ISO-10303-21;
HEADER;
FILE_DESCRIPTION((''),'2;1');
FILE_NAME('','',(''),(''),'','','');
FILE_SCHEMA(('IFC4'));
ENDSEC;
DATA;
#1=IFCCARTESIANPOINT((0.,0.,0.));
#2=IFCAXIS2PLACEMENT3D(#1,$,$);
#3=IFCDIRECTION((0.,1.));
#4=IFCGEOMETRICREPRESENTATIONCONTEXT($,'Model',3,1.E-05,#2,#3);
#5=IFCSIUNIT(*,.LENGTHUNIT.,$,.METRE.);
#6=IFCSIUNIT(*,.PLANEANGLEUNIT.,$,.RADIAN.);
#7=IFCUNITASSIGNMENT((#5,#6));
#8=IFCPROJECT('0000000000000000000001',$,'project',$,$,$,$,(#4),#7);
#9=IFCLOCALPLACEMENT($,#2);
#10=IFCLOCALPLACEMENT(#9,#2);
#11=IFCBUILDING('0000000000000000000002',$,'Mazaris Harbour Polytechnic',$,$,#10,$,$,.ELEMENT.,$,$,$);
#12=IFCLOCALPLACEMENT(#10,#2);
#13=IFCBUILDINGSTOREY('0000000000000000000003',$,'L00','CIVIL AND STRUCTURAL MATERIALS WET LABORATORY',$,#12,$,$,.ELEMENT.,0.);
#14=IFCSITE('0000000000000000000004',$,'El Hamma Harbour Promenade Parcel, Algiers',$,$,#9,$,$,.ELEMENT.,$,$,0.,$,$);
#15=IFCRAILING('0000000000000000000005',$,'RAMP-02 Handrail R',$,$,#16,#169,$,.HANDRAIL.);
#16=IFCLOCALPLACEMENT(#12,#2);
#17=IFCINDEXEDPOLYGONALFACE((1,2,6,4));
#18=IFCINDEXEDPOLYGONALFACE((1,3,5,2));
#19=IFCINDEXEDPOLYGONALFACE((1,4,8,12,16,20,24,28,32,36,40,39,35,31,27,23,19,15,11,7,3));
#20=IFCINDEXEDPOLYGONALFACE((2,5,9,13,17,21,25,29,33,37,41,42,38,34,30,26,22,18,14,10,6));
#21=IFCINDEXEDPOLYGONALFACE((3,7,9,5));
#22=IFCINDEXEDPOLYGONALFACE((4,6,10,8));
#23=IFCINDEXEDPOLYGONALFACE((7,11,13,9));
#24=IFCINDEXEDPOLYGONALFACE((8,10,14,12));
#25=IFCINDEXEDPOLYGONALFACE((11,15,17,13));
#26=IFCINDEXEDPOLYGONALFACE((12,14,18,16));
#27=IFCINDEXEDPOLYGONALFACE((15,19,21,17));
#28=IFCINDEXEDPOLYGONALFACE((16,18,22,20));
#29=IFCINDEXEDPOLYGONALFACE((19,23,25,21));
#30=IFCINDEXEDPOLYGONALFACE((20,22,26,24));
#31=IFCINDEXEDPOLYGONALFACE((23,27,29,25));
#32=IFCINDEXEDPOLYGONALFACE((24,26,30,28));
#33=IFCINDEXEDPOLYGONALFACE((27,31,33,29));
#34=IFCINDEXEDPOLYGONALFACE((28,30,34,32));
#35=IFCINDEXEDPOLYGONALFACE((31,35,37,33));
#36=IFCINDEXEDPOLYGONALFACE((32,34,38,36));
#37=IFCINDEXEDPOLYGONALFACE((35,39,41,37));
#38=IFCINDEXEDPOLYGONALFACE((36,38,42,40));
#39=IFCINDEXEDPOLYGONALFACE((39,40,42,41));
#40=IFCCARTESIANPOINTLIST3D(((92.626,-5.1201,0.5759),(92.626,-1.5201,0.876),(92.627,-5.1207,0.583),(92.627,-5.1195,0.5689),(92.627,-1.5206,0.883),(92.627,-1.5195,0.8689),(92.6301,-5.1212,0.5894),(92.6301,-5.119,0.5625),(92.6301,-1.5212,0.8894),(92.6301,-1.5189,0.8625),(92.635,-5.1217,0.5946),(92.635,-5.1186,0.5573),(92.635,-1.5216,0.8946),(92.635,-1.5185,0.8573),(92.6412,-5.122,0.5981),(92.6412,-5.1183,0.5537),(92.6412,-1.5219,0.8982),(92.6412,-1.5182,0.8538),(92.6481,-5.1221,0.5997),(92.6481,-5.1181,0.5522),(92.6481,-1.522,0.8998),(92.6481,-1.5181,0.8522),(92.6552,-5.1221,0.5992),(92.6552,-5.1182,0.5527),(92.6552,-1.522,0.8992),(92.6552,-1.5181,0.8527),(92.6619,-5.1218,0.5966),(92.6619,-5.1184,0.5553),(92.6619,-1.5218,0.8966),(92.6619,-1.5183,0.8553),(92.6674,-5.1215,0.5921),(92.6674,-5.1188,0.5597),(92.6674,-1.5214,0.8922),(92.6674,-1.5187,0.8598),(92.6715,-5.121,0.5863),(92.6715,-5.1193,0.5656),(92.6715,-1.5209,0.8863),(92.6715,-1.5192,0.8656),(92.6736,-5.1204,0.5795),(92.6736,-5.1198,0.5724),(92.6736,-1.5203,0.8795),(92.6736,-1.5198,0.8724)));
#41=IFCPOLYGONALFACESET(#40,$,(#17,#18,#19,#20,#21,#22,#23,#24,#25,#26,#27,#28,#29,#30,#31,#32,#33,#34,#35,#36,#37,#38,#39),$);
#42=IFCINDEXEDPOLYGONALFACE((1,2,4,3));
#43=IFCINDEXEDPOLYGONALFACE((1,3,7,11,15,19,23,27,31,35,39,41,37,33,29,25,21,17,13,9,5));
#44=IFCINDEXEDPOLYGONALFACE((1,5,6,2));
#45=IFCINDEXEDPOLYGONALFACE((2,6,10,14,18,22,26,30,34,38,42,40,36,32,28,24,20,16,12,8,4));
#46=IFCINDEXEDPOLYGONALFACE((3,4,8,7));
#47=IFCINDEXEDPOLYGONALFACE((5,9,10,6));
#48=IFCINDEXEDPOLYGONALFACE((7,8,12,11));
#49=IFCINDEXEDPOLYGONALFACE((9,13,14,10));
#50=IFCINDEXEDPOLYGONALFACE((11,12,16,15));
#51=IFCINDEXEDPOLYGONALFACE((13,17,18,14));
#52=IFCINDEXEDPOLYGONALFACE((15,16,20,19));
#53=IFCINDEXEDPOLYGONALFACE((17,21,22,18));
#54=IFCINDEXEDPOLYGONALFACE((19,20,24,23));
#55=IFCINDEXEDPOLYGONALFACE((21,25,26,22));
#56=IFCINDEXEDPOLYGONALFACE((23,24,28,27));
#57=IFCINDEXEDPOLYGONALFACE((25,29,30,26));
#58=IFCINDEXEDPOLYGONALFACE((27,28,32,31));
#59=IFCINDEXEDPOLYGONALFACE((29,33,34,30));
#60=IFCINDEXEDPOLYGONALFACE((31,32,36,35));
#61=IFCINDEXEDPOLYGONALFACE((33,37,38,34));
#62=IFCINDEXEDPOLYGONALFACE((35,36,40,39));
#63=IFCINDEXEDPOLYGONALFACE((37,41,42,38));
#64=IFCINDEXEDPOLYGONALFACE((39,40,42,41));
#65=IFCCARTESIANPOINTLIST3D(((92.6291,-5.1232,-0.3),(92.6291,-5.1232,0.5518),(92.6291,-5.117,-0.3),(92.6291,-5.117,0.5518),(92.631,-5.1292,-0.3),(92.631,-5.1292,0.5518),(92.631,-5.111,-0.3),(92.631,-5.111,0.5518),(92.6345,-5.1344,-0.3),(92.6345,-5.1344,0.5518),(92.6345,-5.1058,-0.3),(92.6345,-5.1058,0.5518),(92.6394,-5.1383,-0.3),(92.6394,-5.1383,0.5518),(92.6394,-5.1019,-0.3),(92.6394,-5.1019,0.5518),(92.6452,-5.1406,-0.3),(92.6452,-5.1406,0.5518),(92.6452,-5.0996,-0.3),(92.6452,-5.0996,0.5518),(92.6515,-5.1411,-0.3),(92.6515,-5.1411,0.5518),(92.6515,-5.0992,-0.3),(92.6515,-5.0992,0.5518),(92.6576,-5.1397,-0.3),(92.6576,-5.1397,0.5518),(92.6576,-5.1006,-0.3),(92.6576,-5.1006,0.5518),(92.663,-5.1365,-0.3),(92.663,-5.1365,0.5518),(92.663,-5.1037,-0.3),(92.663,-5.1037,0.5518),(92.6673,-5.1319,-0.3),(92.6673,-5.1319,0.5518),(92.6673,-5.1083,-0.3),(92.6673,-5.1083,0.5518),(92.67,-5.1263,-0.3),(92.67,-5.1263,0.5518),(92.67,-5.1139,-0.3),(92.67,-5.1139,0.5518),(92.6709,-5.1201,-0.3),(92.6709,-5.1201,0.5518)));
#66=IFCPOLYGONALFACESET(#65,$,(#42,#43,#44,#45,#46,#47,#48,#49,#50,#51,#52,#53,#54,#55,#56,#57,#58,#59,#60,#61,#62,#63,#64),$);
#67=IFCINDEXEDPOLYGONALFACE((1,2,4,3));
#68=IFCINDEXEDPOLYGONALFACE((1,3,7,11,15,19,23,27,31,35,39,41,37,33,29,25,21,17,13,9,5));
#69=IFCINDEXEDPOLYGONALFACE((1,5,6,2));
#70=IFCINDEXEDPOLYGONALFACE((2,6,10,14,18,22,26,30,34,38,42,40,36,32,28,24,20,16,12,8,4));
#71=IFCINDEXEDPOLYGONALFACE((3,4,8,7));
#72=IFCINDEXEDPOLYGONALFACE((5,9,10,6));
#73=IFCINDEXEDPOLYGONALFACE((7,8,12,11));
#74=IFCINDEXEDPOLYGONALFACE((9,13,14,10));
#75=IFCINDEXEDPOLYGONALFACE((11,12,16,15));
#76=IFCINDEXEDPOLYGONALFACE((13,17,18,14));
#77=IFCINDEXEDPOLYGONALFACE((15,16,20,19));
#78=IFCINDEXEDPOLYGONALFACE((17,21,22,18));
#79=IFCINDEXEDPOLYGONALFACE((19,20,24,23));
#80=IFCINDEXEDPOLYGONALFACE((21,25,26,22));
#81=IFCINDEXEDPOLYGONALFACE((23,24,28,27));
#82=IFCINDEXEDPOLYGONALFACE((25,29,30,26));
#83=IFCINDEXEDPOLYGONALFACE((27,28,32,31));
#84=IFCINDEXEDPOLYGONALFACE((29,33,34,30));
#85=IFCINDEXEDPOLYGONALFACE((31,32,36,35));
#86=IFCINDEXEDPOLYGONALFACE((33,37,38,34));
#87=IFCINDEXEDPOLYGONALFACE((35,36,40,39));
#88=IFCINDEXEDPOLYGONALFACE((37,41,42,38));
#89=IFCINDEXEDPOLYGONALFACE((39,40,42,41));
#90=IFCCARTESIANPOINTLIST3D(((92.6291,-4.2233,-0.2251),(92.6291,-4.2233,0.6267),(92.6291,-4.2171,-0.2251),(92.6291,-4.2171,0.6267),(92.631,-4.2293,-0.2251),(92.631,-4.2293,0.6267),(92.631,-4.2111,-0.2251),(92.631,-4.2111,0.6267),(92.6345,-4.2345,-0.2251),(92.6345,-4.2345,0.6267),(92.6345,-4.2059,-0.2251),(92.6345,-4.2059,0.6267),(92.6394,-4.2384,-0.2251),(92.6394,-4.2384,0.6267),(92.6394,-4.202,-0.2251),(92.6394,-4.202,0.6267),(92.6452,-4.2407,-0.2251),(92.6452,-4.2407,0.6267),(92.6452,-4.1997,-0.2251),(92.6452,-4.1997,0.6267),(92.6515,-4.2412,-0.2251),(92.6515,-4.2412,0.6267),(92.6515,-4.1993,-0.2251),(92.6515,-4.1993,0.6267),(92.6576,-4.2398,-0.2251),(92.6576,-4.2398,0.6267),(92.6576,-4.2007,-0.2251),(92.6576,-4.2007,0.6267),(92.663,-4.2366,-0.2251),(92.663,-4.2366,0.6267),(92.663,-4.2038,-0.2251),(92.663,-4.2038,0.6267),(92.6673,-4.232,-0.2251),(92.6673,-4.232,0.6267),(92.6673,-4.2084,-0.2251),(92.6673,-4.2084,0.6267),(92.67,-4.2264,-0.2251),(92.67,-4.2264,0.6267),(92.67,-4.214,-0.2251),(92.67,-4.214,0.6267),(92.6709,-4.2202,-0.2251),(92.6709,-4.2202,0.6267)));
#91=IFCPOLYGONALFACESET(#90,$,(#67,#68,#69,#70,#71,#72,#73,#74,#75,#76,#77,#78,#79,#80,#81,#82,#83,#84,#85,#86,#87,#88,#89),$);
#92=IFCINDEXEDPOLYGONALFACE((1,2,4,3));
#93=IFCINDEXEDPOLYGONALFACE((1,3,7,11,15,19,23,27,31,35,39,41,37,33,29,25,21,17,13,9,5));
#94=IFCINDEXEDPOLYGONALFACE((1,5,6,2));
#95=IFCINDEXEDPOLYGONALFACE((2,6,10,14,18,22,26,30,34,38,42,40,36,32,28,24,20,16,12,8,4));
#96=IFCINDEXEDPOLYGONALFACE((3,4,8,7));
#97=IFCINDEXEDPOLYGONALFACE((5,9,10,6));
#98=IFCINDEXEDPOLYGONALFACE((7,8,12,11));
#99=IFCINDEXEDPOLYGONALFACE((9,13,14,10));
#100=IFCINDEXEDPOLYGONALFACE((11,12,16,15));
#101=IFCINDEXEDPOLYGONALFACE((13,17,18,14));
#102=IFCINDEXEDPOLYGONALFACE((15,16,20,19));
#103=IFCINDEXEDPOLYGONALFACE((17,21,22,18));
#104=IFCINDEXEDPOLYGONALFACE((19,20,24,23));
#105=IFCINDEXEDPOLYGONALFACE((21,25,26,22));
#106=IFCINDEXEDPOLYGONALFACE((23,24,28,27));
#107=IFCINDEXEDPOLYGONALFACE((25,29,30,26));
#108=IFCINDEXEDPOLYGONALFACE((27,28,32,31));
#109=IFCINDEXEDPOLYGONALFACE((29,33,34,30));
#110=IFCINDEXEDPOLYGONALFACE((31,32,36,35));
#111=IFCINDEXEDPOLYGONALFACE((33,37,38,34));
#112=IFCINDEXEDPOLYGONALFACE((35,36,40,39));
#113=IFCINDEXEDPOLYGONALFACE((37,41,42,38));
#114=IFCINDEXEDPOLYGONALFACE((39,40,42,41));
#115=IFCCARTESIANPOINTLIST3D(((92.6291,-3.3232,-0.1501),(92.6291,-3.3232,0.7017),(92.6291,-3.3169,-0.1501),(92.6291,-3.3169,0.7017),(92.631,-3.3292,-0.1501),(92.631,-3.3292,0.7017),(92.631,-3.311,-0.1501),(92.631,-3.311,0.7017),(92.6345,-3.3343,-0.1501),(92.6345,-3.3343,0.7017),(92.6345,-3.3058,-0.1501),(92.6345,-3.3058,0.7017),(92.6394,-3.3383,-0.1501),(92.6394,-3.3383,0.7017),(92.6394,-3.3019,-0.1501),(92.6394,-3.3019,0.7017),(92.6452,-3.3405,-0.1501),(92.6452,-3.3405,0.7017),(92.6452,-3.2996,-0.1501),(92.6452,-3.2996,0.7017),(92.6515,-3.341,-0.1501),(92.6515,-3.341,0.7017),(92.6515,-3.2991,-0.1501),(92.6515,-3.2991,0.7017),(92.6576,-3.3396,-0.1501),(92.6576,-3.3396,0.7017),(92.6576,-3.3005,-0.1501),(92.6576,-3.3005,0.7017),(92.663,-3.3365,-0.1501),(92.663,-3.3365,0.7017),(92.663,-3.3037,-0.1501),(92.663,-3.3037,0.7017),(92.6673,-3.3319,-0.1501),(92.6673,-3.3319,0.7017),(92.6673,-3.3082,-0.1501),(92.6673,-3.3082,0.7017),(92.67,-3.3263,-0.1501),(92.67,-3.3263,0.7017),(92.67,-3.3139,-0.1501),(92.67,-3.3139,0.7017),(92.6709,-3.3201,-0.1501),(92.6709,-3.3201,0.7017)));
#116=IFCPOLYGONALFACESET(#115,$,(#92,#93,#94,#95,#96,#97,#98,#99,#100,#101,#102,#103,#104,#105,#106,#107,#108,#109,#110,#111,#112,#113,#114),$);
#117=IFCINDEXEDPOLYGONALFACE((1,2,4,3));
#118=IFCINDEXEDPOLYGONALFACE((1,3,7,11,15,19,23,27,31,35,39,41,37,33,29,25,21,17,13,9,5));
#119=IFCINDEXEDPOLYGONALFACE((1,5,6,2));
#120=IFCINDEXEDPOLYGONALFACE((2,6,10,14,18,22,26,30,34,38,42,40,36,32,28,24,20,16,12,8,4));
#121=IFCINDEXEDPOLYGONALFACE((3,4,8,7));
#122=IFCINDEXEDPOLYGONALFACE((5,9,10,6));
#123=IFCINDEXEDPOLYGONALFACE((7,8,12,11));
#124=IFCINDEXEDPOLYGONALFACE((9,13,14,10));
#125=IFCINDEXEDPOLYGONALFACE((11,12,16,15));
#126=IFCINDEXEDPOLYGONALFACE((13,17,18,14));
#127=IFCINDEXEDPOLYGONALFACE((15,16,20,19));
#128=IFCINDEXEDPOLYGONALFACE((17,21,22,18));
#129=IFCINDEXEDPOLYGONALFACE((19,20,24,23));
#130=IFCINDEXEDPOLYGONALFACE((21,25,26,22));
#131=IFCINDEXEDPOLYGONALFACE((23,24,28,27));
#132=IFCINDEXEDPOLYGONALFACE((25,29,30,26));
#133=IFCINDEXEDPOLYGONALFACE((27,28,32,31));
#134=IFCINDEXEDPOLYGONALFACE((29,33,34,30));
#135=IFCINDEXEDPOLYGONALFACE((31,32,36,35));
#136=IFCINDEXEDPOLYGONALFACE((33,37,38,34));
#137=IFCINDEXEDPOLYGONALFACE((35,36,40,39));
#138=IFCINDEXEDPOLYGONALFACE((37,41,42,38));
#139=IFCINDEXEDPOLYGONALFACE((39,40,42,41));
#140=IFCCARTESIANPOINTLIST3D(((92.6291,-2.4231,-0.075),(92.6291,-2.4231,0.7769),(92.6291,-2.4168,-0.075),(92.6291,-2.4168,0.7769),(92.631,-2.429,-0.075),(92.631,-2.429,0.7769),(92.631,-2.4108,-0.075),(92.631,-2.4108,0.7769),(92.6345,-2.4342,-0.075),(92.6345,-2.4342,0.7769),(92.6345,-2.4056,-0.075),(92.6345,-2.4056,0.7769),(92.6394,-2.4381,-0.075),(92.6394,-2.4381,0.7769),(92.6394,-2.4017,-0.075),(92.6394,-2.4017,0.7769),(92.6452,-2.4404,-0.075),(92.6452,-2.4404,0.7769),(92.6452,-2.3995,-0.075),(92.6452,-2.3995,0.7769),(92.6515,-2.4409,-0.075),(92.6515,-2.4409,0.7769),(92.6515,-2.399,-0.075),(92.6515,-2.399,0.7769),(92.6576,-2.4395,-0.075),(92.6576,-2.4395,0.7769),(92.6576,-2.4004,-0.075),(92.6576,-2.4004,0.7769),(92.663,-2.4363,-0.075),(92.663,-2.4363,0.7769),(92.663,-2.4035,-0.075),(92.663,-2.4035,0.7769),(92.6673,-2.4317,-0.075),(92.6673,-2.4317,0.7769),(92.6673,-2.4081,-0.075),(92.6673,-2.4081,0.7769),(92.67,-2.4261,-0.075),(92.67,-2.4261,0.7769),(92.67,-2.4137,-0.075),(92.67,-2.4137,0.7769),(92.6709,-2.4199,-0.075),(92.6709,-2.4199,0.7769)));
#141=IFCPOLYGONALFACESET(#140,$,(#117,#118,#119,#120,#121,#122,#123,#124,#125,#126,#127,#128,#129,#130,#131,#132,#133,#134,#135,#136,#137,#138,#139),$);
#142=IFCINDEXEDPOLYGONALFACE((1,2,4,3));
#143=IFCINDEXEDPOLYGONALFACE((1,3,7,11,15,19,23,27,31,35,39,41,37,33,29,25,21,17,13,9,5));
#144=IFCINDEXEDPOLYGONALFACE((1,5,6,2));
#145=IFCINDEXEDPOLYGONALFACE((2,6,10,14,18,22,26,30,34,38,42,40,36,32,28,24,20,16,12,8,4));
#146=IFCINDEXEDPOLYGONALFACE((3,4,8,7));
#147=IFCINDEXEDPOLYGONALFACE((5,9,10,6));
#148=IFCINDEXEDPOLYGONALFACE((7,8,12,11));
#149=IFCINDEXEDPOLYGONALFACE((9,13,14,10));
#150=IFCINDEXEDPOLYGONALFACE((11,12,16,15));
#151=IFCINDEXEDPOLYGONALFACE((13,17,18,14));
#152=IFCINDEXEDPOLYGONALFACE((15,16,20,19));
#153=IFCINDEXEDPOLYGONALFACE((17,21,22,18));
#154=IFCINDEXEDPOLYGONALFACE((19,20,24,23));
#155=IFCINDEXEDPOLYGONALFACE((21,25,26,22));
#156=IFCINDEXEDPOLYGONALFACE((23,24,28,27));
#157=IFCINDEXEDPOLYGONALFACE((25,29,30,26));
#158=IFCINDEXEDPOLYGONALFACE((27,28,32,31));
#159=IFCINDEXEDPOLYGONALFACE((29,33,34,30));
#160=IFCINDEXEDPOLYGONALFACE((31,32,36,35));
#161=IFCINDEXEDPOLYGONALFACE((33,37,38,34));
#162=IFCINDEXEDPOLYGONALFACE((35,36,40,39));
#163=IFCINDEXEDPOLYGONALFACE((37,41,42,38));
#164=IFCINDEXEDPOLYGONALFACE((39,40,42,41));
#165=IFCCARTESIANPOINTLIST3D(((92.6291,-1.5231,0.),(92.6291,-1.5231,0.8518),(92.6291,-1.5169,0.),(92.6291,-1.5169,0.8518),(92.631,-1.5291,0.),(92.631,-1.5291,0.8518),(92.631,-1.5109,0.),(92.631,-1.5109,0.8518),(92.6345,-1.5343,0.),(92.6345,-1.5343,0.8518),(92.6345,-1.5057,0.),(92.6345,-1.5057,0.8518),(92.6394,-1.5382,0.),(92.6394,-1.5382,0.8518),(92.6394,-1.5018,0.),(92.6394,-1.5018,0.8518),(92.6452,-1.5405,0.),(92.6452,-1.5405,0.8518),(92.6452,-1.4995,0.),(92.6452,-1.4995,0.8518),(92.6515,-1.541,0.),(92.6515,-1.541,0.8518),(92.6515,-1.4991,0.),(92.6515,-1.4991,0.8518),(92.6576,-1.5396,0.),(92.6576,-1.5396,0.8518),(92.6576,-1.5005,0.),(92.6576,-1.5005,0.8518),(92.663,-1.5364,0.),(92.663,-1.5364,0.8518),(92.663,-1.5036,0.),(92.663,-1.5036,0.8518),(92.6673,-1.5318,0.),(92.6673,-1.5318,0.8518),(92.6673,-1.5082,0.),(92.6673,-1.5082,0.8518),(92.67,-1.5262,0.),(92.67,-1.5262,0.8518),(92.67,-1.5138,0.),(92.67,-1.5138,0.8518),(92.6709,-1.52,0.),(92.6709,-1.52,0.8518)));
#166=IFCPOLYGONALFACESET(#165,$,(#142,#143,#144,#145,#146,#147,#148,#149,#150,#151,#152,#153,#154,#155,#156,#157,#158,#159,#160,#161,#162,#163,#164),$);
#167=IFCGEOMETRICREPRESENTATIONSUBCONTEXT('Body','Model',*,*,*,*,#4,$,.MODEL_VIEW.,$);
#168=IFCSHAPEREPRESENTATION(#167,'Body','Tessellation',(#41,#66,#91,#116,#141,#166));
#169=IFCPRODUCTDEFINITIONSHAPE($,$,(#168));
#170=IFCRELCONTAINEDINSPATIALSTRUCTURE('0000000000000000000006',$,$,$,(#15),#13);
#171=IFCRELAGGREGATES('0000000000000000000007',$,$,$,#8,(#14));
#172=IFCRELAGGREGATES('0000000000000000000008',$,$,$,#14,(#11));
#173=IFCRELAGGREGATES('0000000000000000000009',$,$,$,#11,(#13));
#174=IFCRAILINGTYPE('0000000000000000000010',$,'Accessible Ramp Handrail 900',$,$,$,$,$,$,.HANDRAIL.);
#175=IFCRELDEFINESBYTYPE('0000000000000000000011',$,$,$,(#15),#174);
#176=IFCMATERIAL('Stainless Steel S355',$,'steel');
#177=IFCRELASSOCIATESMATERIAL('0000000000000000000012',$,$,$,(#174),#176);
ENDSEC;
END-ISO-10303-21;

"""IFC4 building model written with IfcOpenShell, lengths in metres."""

from ifc_helpers import new_model, si_unit, direction, frame, origin, origin_2d, place, context, subcontext, project, spatial, circle, extrude, material, type_object, element, save


model = new_model("IFC4")

# Units and contexts
model_context = context("Model", 3, precision=1e-05, world=origin(), true_north=direction((0.0, 1.0)))
body_context = subcontext(model_context, "Body", "Model", "MODEL_VIEW")
ifc_project = project(units=[si_unit("LENGTHUNIT", "METRE"), si_unit("PLANEANGLEUNIT", "RADIAN")], contexts=[model_context])

# Site, building, storey
site_placement = place(None, origin())
site = spatial("IfcSite", under=ifc_project, at=site_placement, Name="El Hamma Harbour Promenade Parcel, Algiers", CompositionType="ELEMENT", RefElevation=0.0)
building_placement = place(site_placement, origin())
building = spatial("IfcBuilding", under=site, at=building_placement, Name="Mazaris Harbour Polytechnic", CompositionType="ELEMENT")
storey_placement = place(building_placement, origin())
storey = spatial("IfcBuildingStorey", under=building, at=storey_placement, Name="L00", Description="CIVIL AND STRUCTURAL MATERIALS WET LABORATORY", CompositionType="ELEMENT", Elevation=0.0)

# Railing
ifc_material_1 = material(Name="Stainless Steel S355", Category="steel")
railing_type = type_object("IfcRailingType", Name="Accessible Ramp Handrail 900", PredefinedType="HANDRAIL", material=ifc_material_1)
railing_placement = place(storey_placement, frame((92.6499, -5.1201, -0.3)))
element("IfcRailing", 1, at=railing_placement, inside=storey, type_object=railing_type, Name="RAMP-02 Handrail R", PredefinedType="HANDRAIL", context=body_context, shape_type="SweptSolid", body=[
    extrude(circle(Radius=0.0239, at=origin_2d()), frame((0.0, 0.0, 0.876), z_axis=(0.0, 0.996545, 0.083057), x_axis=(-1.0, 0.0, 0.0)), (0.0, 0.0, 1.0), 3.6125),
    extrude(circle(Radius=0.021, at=origin_2d()), origin(), (0.0, 0.0, 1.0), 0.8518),
    extrude(circle(Radius=0.021, at=origin_2d()), frame((0.0, 0.8999, 0.075)), (0.0, 0.0, 1.0), 0.8518),
    extrude(circle(Radius=0.021, at=origin_2d()), frame((0.0, 1.8, 0.1499)), (0.0, 0.0, 1.0), 0.8518),
    extrude(circle(Radius=0.021, at=origin_2d()), frame((0.0, 2.7002, 0.2251)), (0.0, 0.0, 1.0), 0.8518),
    extrude(circle(Radius=0.021, at=origin_2d()), frame((0.0, 3.6001, 0.3)), (0.0, 0.0, 1.0), 0.8518),
])

save(model, "model.ifc")
